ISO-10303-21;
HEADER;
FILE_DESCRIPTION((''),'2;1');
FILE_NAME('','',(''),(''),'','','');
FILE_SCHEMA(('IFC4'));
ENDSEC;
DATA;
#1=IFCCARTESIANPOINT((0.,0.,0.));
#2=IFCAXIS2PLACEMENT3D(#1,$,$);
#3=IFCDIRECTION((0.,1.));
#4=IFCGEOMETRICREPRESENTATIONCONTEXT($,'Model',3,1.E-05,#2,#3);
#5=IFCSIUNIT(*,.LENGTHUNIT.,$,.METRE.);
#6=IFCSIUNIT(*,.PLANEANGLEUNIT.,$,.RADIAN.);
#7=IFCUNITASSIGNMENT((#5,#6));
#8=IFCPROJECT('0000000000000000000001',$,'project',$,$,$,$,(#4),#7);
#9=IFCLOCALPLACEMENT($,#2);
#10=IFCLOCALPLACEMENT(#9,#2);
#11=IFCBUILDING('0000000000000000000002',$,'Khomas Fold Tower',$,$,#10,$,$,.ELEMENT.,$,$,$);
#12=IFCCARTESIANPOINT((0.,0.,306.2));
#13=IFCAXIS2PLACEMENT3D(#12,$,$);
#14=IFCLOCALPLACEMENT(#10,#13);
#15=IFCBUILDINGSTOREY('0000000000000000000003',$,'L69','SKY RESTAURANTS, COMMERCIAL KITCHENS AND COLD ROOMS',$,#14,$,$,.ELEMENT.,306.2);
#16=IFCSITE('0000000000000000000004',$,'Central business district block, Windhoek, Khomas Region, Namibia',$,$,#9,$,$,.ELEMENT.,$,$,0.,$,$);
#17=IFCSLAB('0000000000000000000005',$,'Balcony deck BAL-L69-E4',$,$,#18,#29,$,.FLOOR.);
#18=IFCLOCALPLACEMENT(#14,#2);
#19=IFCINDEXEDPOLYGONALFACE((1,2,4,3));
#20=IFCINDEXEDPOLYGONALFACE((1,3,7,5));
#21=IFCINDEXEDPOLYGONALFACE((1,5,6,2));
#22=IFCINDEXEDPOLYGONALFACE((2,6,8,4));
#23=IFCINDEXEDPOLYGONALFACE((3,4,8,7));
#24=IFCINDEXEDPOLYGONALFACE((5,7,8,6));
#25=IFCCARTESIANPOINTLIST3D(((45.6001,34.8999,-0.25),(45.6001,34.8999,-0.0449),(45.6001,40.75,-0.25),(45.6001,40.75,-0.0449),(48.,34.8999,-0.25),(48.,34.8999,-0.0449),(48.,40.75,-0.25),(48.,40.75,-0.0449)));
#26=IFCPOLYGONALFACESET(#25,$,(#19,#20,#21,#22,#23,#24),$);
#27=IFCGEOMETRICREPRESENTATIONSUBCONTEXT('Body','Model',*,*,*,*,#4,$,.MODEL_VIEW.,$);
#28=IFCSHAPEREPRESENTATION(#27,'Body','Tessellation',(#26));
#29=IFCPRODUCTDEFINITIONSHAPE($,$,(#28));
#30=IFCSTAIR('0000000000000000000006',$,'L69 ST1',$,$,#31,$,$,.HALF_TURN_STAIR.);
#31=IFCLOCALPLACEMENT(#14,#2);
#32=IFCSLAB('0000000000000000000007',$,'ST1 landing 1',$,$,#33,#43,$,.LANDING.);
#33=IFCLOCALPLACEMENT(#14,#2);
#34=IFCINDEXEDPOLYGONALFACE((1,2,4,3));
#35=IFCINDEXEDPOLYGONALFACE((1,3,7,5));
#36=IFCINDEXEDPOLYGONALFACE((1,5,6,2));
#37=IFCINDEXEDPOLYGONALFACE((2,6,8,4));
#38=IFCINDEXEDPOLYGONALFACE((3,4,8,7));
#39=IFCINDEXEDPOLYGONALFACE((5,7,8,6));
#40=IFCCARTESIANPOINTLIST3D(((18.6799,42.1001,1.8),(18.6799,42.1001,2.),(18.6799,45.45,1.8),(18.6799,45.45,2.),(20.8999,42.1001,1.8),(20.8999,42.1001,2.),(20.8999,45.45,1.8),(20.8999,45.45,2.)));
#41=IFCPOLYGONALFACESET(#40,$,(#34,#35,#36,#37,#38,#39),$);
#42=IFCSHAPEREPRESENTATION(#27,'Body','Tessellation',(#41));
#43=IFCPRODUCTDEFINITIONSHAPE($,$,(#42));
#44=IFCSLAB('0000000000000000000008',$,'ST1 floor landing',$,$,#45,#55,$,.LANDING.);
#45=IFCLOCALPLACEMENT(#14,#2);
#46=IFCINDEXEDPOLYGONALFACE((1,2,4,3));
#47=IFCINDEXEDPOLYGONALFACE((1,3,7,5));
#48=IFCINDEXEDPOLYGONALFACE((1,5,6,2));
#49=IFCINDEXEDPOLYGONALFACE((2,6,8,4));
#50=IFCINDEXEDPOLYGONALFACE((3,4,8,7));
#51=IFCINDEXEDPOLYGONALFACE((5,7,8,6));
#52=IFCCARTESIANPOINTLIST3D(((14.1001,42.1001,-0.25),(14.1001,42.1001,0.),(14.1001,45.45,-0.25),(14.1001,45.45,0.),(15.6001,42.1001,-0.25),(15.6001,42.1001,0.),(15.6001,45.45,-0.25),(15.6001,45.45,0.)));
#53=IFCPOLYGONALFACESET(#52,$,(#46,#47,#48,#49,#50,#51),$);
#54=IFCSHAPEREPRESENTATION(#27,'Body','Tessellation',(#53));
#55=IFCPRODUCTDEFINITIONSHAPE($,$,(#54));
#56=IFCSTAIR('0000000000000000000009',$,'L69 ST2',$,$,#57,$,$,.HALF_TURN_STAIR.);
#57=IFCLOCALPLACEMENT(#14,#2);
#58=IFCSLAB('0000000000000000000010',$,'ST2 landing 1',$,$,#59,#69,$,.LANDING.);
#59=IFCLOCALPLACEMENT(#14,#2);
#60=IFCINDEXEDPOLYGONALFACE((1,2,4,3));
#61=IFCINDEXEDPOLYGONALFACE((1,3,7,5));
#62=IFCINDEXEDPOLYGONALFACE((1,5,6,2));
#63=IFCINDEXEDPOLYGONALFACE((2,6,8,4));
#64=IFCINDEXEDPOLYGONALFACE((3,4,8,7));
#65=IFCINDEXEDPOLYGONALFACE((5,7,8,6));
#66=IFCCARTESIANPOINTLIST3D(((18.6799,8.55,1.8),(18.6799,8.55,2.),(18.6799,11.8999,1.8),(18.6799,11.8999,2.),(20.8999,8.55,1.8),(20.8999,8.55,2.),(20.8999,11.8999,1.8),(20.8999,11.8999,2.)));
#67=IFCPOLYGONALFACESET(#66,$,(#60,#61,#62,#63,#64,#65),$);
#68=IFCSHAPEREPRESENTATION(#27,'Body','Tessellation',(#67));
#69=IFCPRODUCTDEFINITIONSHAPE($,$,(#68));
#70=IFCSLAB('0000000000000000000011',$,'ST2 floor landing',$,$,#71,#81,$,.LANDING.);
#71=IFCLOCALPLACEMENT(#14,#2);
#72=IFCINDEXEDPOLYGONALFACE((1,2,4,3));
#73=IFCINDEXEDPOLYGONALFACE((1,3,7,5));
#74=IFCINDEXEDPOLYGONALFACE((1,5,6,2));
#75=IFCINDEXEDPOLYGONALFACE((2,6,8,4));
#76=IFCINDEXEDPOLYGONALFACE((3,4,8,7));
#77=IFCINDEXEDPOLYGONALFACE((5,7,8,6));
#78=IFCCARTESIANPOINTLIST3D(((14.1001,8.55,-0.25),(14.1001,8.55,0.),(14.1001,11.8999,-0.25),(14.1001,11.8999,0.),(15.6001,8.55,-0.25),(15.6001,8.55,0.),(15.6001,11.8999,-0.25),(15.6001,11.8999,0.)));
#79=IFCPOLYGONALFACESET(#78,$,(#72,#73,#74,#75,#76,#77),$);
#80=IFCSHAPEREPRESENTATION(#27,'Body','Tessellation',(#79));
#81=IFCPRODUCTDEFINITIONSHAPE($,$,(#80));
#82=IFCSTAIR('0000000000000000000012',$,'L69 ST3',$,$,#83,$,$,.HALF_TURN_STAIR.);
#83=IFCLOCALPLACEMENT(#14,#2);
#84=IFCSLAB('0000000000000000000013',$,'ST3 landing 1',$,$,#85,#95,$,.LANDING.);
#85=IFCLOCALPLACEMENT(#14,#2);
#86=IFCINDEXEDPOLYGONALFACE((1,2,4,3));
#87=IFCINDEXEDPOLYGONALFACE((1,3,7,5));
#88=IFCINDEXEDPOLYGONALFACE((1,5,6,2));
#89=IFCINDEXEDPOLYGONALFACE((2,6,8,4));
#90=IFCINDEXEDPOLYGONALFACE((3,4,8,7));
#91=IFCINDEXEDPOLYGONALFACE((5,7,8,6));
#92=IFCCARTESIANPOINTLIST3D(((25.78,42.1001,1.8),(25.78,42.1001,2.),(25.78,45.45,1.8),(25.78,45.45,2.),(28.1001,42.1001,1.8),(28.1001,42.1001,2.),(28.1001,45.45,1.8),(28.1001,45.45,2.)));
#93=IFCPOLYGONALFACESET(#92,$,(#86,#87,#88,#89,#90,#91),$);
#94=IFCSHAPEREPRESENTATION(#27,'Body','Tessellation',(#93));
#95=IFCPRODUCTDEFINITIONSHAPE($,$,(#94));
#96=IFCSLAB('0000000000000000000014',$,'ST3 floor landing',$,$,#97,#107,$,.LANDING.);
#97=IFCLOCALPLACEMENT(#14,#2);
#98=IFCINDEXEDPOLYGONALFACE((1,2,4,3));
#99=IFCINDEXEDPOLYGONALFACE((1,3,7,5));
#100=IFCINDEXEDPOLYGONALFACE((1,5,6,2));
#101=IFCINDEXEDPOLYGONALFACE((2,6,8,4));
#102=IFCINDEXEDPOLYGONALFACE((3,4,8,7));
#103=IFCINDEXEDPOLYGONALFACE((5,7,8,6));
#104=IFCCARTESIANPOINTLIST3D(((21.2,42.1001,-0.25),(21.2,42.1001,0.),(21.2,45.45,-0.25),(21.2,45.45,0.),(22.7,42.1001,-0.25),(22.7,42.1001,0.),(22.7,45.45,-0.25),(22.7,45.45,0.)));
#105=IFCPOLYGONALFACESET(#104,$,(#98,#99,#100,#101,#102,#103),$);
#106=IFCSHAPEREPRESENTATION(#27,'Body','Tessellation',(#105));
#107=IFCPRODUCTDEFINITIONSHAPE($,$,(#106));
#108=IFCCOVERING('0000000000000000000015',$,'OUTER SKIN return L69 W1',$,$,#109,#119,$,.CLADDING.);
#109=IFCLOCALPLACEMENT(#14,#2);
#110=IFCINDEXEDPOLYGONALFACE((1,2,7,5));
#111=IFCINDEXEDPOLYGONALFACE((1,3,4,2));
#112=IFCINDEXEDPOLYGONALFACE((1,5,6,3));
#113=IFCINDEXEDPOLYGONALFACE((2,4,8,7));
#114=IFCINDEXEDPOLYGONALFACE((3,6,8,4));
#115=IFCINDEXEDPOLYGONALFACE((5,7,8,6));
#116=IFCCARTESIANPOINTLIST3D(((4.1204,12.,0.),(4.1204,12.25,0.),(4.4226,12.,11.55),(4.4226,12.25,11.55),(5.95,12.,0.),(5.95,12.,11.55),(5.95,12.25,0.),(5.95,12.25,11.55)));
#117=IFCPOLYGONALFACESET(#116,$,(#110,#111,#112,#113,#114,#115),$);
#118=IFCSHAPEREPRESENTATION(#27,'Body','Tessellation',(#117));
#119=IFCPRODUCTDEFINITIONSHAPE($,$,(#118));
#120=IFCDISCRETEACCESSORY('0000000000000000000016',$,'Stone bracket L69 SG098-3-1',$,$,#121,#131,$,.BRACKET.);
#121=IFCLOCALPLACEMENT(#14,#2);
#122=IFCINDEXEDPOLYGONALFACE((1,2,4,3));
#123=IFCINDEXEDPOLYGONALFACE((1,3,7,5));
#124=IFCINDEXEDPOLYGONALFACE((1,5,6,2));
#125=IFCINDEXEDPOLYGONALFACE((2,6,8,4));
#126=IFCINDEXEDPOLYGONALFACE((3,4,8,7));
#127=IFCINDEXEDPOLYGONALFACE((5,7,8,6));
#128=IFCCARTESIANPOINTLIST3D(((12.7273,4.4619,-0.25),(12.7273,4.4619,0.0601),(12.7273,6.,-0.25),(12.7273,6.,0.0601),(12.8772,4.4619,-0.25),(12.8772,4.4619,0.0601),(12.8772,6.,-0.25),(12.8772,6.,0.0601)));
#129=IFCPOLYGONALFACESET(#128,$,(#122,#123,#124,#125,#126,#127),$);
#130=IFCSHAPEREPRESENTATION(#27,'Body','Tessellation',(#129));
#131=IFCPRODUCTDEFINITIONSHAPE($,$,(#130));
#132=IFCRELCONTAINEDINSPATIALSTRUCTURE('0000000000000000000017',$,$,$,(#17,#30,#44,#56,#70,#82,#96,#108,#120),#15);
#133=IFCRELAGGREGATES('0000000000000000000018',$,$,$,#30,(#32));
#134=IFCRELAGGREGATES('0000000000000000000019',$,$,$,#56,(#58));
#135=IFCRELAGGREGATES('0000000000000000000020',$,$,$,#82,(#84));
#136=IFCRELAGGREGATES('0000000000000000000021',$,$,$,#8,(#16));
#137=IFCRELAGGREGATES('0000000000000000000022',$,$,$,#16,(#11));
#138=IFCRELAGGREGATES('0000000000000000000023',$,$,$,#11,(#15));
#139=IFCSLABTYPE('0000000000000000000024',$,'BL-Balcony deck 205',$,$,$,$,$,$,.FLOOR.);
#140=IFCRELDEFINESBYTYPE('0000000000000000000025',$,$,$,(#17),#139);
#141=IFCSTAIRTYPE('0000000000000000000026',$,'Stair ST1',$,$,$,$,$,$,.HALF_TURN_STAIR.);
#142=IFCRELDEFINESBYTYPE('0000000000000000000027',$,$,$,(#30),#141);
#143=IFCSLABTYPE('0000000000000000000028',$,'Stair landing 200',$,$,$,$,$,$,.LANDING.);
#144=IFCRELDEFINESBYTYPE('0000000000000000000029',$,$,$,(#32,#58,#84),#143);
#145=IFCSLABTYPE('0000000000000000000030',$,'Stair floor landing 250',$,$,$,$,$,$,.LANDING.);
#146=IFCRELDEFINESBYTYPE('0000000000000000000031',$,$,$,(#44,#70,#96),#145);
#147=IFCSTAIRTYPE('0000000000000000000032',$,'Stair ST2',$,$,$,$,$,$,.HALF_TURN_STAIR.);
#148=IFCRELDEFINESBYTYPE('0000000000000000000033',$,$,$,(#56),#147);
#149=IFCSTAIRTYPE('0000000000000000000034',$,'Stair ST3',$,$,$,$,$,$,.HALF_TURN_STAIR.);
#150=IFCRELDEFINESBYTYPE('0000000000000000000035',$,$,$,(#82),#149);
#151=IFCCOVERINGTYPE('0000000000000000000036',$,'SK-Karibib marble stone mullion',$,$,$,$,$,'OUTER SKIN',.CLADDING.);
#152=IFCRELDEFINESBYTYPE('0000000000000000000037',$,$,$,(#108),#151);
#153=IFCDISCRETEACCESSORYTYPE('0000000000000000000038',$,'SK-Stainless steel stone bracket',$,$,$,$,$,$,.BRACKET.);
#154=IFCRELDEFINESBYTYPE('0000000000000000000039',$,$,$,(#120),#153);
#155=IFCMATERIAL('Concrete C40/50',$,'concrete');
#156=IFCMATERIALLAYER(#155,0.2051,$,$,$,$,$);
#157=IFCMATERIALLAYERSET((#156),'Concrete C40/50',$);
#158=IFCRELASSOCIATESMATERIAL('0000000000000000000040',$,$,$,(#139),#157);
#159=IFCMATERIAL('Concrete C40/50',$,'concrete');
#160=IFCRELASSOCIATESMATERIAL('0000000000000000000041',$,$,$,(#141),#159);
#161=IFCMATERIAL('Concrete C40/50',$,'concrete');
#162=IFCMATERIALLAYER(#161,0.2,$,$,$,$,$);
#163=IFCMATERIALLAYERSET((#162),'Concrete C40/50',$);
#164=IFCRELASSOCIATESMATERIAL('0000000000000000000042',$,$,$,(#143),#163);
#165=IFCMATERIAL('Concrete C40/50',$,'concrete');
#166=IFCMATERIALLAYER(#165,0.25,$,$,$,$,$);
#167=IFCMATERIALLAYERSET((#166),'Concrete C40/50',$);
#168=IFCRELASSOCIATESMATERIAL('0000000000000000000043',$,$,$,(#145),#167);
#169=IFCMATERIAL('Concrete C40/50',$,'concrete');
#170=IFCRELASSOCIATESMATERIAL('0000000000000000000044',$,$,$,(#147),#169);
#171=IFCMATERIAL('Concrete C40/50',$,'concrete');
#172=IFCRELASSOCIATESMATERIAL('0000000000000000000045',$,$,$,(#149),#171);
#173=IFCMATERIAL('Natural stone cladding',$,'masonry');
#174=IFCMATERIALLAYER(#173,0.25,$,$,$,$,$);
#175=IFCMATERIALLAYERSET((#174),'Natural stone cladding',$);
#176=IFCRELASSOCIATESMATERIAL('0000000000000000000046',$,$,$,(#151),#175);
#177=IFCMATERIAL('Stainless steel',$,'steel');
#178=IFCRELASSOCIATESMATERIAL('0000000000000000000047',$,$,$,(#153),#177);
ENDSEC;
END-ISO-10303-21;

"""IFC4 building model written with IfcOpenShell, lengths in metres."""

from ifc_helpers import new_model, si_unit, direction, frame, origin, origin_2d, place, context, subcontext, project, spatial, polyline, rectangle, outline, extrude, source, transform, mapped, material, layer, layer_set, type_object, element, aggregate, save


model = new_model("IFC4")

# Units and contexts
model_context = context("Model", 3, precision=1e-05, world=origin(), true_north=direction((0.0, 1.0)))
body_context = subcontext(model_context, "Body", "Model", "MODEL_VIEW")
ifc_project = project(units=[si_unit("LENGTHUNIT", "METRE"), si_unit("PLANEANGLEUNIT", "RADIAN")], contexts=[model_context])

# Site, building, storey
site_placement = place(None, origin())
site = spatial("IfcSite", under=ifc_project, at=site_placement, Name="Central business district block, Windhoek, Khomas Region, Namibia", CompositionType="ELEMENT", RefElevation=0.0)
building_placement = place(site_placement, origin())
building = spatial("IfcBuilding", under=site, at=building_placement, Name="Khomas Fold Tower", CompositionType="ELEMENT")
storey_placement = place(building_placement, frame((0.0, 0.0, 306.2)))
storey = spatial("IfcBuildingStorey", under=building, at=storey_placement, Name="L69", Description="SKY RESTAURANTS, COMMERCIAL KITCHENS AND COLD ROOMS", CompositionType="ELEMENT", Elevation=306.2)

# Slab
ifc_material_1 = material(Name="Concrete C40/50", Category="concrete")
ifc_layer_1 = layer(ifc_material_1, 0.2051)
ifc_layer_set_1 = layer_set([ifc_layer_1], Name="Concrete C40/50")
slab_type_1 = type_object("IfcSlabType", Name="BL-Balcony deck 205", PredefinedType="FLOOR", material=ifc_layer_set_1)
shared_shape_1 = source(origin(), body_context, "Body", "SweptSolid", [
    extrude(outline(polyline([(45.6001, 34.8999), (48.0, 34.8999), (48.0, 40.75), (45.6001, 40.75), (45.6001, 34.8999)])), origin(), (0.0, 0.0, 1.0), 0.2051),
])
slab_1_placement = place(storey_placement, frame((0.0, 0.0, -0.25)))
element("IfcSlab", 1, at=slab_1_placement, inside=storey, type_object=slab_type_1, Name="Balcony deck BAL-L69-E4", PredefinedType="FLOOR", context=body_context, shape_type="MappedRepresentation", body=[
    mapped(shared_shape_1, transform((0.0, 0.0, 0.0))),
])

# Stair, slab
ifc_material_2 = material(Name="Concrete C40/50", Category="concrete")
stair_type_1 = type_object("IfcStairType", Name="Stair ST1", PredefinedType="HALF_TURN_STAIR", material=ifc_material_2)
stair_1_placement = place(storey_placement, origin())
stair_1 = element("IfcStair", 2, at=stair_1_placement, inside=storey, type_object=stair_type_1, Name="L69 ST1", PredefinedType="HALF_TURN_STAIR")
ifc_material_3 = material(Name="Concrete C40/50", Category="concrete")
ifc_layer_2 = layer(ifc_material_3, 0.2)
ifc_layer_set_2 = layer_set([ifc_layer_2], Name="Concrete C40/50")
slab_type_2 = type_object("IfcSlabType", Name="Stair landing 200", PredefinedType="LANDING", material=ifc_layer_set_2)
shared_shape_2 = source(origin(), body_context, "Body", "SweptSolid", [
    extrude(outline(polyline([(18.6799, 42.1001), (20.8999, 42.1001), (20.8999, 45.45), (18.6799, 45.45), (18.6799, 42.1001)])), origin(), (0.0, 0.0, 1.0), 0.2),
])
slab_2_placement = place(storey_placement, frame((0.0, 0.0, 1.8)))
slab_2 = element("IfcSlab", 3, at=slab_2_placement, type_object=slab_type_2, Name="ST1 landing 1", PredefinedType="LANDING", context=body_context, shape_type="MappedRepresentation", body=[
    mapped(shared_shape_2, transform((0.0, 0.0, 0.0))),
])
aggregate(stair_1, [slab_2])

# Slab
ifc_material_4 = material(Name="Concrete C40/50", Category="concrete")
ifc_layer_3 = layer(ifc_material_4, 0.25)
ifc_layer_set_3 = layer_set([ifc_layer_3], Name="Concrete C40/50")
slab_type_3 = type_object("IfcSlabType", Name="Stair floor landing 250", PredefinedType="LANDING", material=ifc_layer_set_3)
shared_shape_3 = source(origin(), body_context, "Body", "SweptSolid", [
    extrude(outline(polyline([(15.6001, 42.1001), (14.1001, 42.1001), (14.1001, 45.45), (15.6001, 45.45), (15.6001, 42.1001)])), origin(), (0.0, 0.0, 1.0), 0.25),
])
slab_3_placement = place(storey_placement, frame((0.0, 0.0, -0.25)))
element("IfcSlab", 4, at=slab_3_placement, inside=storey, type_object=slab_type_3, Name="ST1 floor landing", PredefinedType="LANDING", context=body_context, shape_type="MappedRepresentation", body=[
    mapped(shared_shape_3, transform((0.0, 0.0, 0.0))),
])

# Stair, slab
ifc_material_5 = material(Name="Concrete C40/50", Category="concrete")
stair_type_2 = type_object("IfcStairType", Name="Stair ST2", PredefinedType="HALF_TURN_STAIR", material=ifc_material_5)
stair_2_placement = place(storey_placement, origin())
stair_2 = element("IfcStair", 5, at=stair_2_placement, inside=storey, type_object=stair_type_2, Name="L69 ST2", PredefinedType="HALF_TURN_STAIR")
shared_shape_4 = source(origin(), body_context, "Body", "SweptSolid", [
    extrude(outline(polyline([(18.6799, 8.55), (20.8999, 8.55), (20.8999, 11.8999), (18.6799, 11.8999), (18.6799, 8.55)])), origin(), (0.0, 0.0, 1.0), 0.2),
])
slab_4_placement = place(storey_placement, frame((0.0, 0.0, 1.8)))
slab_4 = element("IfcSlab", 6, at=slab_4_placement, type_object=slab_type_2, Name="ST2 landing 1", PredefinedType="LANDING", context=body_context, shape_type="MappedRepresentation", body=[
    mapped(shared_shape_4, transform((0.0, 0.0, 0.0))),
])
aggregate(stair_2, [slab_4])

# Slab
shared_shape_5 = source(origin(), body_context, "Body", "SweptSolid", [
    extrude(outline(polyline([(15.6001, 8.55), (14.1001, 8.55), (14.1001, 11.8999), (15.6001, 11.8999), (15.6001, 8.55)])), origin(), (0.0, 0.0, 1.0), 0.25),
])
slab_5_placement = place(storey_placement, frame((0.0, 0.0, -0.25)))
element("IfcSlab", 7, at=slab_5_placement, inside=storey, type_object=slab_type_3, Name="ST2 floor landing", PredefinedType="LANDING", context=body_context, shape_type="MappedRepresentation", body=[
    mapped(shared_shape_5, transform((0.0, 0.0, 0.0))),
])

# Stair, slab
ifc_material_6 = material(Name="Concrete C40/50", Category="concrete")
stair_type_3 = type_object("IfcStairType", Name="Stair ST3", PredefinedType="HALF_TURN_STAIR", material=ifc_material_6)
stair_3_placement = place(storey_placement, origin())
stair_3 = element("IfcStair", 8, at=stair_3_placement, inside=storey, type_object=stair_type_3, Name="L69 ST3", PredefinedType="HALF_TURN_STAIR")
shared_shape_6 = source(origin(), body_context, "Body", "SweptSolid", [
    extrude(outline(polyline([(25.78, 42.1001), (28.1001, 42.1001), (28.1001, 45.45), (25.78, 45.45), (25.78, 42.1001)])), origin(), (0.0, 0.0, 1.0), 0.2),
])
slab_6_placement = place(storey_placement, frame((0.0, 0.0, 1.8)))
slab_6 = element("IfcSlab", 9, at=slab_6_placement, type_object=slab_type_2, Name="ST3 landing 1", PredefinedType="LANDING", context=body_context, shape_type="MappedRepresentation", body=[
    mapped(shared_shape_6, transform((0.0, 0.0, 0.0))),
])
aggregate(stair_3, [slab_6])

# Slab
shared_shape_7 = source(origin(), body_context, "Body", "SweptSolid", [
    extrude(outline(polyline([(22.7, 42.1001), (21.2, 42.1001), (21.2, 45.45), (22.7, 45.45), (22.7, 42.1001)])), origin(), (0.0, 0.0, 1.0), 0.25),
])
slab_7_placement = place(storey_placement, frame((0.0, 0.0, -0.25)))
element("IfcSlab", 10, at=slab_7_placement, inside=storey, type_object=slab_type_3, Name="ST3 floor landing", PredefinedType="LANDING", context=body_context, shape_type="MappedRepresentation", body=[
    mapped(shared_shape_7, transform((0.0, 0.0, 0.0))),
])

# Covering
ifc_material_7 = material(Name="Natural stone cladding", Category="masonry")
ifc_layer_4 = layer(ifc_material_7, 0.25)
ifc_layer_set_4 = layer_set([ifc_layer_4], Name="Natural stone cladding")
covering_type = type_object("IfcCoveringType", Name="SK-Karibib marble stone mullion", ElementType="OUTER SKIN", PredefinedType="CLADDING", material=ifc_layer_set_4)
covering_placement = place(storey_placement, frame((5.95, 12.0, 11.55), z_axis=(0.0, -1.0, 0.0), x_axis=(-1.0, 0.0, 0.0)))
element("IfcCovering", 11, at=covering_placement, inside=storey, type_object=covering_type, Name="OUTER SKIN return L69 W1", PredefinedType="CLADDING", context=body_context, shape_type="SweptSolid", body=[
    extrude(outline(polyline([(0.0, 0.0), (1.5273, 0.0), (1.8296, 11.55), (0.0, 11.55), (0.0, 0.0)])), origin(), (0.0, 0.0, -1.0), 0.25),
])

# Discrete accessory
ifc_material_8 = material(Name="Stainless steel", Category="steel")
discrete_accessory_type = type_object("IfcDiscreteAccessoryType", Name="SK-Stainless steel stone bracket", PredefinedType="BRACKET", material=ifc_material_8)
shared_shape_8 = source(origin(), body_context, "Body", "SweptSolid", [
    extrude(rectangle(XDim=1.5381, YDim=0.1499, at=origin_2d()), origin(), (0.0, 0.0, 1.0), 0.3101),
])
discrete_accessory_placement = place(storey_placement, frame((12.8022, 5.231, -0.25), z_axis=(0.0, 0.0, 1.0), x_axis=(0.0, -1.0, 0.0)))
element("IfcDiscreteAccessory", 12, at=discrete_accessory_placement, inside=storey, type_object=discrete_accessory_type, Name="Stone bracket L69 SG098-3-1", PredefinedType="BRACKET", context=body_context, shape_type="MappedRepresentation", body=[
    mapped(shared_shape_8, transform((0.0, 0.0, 0.0))),
])

save(model, "model.ifc")
